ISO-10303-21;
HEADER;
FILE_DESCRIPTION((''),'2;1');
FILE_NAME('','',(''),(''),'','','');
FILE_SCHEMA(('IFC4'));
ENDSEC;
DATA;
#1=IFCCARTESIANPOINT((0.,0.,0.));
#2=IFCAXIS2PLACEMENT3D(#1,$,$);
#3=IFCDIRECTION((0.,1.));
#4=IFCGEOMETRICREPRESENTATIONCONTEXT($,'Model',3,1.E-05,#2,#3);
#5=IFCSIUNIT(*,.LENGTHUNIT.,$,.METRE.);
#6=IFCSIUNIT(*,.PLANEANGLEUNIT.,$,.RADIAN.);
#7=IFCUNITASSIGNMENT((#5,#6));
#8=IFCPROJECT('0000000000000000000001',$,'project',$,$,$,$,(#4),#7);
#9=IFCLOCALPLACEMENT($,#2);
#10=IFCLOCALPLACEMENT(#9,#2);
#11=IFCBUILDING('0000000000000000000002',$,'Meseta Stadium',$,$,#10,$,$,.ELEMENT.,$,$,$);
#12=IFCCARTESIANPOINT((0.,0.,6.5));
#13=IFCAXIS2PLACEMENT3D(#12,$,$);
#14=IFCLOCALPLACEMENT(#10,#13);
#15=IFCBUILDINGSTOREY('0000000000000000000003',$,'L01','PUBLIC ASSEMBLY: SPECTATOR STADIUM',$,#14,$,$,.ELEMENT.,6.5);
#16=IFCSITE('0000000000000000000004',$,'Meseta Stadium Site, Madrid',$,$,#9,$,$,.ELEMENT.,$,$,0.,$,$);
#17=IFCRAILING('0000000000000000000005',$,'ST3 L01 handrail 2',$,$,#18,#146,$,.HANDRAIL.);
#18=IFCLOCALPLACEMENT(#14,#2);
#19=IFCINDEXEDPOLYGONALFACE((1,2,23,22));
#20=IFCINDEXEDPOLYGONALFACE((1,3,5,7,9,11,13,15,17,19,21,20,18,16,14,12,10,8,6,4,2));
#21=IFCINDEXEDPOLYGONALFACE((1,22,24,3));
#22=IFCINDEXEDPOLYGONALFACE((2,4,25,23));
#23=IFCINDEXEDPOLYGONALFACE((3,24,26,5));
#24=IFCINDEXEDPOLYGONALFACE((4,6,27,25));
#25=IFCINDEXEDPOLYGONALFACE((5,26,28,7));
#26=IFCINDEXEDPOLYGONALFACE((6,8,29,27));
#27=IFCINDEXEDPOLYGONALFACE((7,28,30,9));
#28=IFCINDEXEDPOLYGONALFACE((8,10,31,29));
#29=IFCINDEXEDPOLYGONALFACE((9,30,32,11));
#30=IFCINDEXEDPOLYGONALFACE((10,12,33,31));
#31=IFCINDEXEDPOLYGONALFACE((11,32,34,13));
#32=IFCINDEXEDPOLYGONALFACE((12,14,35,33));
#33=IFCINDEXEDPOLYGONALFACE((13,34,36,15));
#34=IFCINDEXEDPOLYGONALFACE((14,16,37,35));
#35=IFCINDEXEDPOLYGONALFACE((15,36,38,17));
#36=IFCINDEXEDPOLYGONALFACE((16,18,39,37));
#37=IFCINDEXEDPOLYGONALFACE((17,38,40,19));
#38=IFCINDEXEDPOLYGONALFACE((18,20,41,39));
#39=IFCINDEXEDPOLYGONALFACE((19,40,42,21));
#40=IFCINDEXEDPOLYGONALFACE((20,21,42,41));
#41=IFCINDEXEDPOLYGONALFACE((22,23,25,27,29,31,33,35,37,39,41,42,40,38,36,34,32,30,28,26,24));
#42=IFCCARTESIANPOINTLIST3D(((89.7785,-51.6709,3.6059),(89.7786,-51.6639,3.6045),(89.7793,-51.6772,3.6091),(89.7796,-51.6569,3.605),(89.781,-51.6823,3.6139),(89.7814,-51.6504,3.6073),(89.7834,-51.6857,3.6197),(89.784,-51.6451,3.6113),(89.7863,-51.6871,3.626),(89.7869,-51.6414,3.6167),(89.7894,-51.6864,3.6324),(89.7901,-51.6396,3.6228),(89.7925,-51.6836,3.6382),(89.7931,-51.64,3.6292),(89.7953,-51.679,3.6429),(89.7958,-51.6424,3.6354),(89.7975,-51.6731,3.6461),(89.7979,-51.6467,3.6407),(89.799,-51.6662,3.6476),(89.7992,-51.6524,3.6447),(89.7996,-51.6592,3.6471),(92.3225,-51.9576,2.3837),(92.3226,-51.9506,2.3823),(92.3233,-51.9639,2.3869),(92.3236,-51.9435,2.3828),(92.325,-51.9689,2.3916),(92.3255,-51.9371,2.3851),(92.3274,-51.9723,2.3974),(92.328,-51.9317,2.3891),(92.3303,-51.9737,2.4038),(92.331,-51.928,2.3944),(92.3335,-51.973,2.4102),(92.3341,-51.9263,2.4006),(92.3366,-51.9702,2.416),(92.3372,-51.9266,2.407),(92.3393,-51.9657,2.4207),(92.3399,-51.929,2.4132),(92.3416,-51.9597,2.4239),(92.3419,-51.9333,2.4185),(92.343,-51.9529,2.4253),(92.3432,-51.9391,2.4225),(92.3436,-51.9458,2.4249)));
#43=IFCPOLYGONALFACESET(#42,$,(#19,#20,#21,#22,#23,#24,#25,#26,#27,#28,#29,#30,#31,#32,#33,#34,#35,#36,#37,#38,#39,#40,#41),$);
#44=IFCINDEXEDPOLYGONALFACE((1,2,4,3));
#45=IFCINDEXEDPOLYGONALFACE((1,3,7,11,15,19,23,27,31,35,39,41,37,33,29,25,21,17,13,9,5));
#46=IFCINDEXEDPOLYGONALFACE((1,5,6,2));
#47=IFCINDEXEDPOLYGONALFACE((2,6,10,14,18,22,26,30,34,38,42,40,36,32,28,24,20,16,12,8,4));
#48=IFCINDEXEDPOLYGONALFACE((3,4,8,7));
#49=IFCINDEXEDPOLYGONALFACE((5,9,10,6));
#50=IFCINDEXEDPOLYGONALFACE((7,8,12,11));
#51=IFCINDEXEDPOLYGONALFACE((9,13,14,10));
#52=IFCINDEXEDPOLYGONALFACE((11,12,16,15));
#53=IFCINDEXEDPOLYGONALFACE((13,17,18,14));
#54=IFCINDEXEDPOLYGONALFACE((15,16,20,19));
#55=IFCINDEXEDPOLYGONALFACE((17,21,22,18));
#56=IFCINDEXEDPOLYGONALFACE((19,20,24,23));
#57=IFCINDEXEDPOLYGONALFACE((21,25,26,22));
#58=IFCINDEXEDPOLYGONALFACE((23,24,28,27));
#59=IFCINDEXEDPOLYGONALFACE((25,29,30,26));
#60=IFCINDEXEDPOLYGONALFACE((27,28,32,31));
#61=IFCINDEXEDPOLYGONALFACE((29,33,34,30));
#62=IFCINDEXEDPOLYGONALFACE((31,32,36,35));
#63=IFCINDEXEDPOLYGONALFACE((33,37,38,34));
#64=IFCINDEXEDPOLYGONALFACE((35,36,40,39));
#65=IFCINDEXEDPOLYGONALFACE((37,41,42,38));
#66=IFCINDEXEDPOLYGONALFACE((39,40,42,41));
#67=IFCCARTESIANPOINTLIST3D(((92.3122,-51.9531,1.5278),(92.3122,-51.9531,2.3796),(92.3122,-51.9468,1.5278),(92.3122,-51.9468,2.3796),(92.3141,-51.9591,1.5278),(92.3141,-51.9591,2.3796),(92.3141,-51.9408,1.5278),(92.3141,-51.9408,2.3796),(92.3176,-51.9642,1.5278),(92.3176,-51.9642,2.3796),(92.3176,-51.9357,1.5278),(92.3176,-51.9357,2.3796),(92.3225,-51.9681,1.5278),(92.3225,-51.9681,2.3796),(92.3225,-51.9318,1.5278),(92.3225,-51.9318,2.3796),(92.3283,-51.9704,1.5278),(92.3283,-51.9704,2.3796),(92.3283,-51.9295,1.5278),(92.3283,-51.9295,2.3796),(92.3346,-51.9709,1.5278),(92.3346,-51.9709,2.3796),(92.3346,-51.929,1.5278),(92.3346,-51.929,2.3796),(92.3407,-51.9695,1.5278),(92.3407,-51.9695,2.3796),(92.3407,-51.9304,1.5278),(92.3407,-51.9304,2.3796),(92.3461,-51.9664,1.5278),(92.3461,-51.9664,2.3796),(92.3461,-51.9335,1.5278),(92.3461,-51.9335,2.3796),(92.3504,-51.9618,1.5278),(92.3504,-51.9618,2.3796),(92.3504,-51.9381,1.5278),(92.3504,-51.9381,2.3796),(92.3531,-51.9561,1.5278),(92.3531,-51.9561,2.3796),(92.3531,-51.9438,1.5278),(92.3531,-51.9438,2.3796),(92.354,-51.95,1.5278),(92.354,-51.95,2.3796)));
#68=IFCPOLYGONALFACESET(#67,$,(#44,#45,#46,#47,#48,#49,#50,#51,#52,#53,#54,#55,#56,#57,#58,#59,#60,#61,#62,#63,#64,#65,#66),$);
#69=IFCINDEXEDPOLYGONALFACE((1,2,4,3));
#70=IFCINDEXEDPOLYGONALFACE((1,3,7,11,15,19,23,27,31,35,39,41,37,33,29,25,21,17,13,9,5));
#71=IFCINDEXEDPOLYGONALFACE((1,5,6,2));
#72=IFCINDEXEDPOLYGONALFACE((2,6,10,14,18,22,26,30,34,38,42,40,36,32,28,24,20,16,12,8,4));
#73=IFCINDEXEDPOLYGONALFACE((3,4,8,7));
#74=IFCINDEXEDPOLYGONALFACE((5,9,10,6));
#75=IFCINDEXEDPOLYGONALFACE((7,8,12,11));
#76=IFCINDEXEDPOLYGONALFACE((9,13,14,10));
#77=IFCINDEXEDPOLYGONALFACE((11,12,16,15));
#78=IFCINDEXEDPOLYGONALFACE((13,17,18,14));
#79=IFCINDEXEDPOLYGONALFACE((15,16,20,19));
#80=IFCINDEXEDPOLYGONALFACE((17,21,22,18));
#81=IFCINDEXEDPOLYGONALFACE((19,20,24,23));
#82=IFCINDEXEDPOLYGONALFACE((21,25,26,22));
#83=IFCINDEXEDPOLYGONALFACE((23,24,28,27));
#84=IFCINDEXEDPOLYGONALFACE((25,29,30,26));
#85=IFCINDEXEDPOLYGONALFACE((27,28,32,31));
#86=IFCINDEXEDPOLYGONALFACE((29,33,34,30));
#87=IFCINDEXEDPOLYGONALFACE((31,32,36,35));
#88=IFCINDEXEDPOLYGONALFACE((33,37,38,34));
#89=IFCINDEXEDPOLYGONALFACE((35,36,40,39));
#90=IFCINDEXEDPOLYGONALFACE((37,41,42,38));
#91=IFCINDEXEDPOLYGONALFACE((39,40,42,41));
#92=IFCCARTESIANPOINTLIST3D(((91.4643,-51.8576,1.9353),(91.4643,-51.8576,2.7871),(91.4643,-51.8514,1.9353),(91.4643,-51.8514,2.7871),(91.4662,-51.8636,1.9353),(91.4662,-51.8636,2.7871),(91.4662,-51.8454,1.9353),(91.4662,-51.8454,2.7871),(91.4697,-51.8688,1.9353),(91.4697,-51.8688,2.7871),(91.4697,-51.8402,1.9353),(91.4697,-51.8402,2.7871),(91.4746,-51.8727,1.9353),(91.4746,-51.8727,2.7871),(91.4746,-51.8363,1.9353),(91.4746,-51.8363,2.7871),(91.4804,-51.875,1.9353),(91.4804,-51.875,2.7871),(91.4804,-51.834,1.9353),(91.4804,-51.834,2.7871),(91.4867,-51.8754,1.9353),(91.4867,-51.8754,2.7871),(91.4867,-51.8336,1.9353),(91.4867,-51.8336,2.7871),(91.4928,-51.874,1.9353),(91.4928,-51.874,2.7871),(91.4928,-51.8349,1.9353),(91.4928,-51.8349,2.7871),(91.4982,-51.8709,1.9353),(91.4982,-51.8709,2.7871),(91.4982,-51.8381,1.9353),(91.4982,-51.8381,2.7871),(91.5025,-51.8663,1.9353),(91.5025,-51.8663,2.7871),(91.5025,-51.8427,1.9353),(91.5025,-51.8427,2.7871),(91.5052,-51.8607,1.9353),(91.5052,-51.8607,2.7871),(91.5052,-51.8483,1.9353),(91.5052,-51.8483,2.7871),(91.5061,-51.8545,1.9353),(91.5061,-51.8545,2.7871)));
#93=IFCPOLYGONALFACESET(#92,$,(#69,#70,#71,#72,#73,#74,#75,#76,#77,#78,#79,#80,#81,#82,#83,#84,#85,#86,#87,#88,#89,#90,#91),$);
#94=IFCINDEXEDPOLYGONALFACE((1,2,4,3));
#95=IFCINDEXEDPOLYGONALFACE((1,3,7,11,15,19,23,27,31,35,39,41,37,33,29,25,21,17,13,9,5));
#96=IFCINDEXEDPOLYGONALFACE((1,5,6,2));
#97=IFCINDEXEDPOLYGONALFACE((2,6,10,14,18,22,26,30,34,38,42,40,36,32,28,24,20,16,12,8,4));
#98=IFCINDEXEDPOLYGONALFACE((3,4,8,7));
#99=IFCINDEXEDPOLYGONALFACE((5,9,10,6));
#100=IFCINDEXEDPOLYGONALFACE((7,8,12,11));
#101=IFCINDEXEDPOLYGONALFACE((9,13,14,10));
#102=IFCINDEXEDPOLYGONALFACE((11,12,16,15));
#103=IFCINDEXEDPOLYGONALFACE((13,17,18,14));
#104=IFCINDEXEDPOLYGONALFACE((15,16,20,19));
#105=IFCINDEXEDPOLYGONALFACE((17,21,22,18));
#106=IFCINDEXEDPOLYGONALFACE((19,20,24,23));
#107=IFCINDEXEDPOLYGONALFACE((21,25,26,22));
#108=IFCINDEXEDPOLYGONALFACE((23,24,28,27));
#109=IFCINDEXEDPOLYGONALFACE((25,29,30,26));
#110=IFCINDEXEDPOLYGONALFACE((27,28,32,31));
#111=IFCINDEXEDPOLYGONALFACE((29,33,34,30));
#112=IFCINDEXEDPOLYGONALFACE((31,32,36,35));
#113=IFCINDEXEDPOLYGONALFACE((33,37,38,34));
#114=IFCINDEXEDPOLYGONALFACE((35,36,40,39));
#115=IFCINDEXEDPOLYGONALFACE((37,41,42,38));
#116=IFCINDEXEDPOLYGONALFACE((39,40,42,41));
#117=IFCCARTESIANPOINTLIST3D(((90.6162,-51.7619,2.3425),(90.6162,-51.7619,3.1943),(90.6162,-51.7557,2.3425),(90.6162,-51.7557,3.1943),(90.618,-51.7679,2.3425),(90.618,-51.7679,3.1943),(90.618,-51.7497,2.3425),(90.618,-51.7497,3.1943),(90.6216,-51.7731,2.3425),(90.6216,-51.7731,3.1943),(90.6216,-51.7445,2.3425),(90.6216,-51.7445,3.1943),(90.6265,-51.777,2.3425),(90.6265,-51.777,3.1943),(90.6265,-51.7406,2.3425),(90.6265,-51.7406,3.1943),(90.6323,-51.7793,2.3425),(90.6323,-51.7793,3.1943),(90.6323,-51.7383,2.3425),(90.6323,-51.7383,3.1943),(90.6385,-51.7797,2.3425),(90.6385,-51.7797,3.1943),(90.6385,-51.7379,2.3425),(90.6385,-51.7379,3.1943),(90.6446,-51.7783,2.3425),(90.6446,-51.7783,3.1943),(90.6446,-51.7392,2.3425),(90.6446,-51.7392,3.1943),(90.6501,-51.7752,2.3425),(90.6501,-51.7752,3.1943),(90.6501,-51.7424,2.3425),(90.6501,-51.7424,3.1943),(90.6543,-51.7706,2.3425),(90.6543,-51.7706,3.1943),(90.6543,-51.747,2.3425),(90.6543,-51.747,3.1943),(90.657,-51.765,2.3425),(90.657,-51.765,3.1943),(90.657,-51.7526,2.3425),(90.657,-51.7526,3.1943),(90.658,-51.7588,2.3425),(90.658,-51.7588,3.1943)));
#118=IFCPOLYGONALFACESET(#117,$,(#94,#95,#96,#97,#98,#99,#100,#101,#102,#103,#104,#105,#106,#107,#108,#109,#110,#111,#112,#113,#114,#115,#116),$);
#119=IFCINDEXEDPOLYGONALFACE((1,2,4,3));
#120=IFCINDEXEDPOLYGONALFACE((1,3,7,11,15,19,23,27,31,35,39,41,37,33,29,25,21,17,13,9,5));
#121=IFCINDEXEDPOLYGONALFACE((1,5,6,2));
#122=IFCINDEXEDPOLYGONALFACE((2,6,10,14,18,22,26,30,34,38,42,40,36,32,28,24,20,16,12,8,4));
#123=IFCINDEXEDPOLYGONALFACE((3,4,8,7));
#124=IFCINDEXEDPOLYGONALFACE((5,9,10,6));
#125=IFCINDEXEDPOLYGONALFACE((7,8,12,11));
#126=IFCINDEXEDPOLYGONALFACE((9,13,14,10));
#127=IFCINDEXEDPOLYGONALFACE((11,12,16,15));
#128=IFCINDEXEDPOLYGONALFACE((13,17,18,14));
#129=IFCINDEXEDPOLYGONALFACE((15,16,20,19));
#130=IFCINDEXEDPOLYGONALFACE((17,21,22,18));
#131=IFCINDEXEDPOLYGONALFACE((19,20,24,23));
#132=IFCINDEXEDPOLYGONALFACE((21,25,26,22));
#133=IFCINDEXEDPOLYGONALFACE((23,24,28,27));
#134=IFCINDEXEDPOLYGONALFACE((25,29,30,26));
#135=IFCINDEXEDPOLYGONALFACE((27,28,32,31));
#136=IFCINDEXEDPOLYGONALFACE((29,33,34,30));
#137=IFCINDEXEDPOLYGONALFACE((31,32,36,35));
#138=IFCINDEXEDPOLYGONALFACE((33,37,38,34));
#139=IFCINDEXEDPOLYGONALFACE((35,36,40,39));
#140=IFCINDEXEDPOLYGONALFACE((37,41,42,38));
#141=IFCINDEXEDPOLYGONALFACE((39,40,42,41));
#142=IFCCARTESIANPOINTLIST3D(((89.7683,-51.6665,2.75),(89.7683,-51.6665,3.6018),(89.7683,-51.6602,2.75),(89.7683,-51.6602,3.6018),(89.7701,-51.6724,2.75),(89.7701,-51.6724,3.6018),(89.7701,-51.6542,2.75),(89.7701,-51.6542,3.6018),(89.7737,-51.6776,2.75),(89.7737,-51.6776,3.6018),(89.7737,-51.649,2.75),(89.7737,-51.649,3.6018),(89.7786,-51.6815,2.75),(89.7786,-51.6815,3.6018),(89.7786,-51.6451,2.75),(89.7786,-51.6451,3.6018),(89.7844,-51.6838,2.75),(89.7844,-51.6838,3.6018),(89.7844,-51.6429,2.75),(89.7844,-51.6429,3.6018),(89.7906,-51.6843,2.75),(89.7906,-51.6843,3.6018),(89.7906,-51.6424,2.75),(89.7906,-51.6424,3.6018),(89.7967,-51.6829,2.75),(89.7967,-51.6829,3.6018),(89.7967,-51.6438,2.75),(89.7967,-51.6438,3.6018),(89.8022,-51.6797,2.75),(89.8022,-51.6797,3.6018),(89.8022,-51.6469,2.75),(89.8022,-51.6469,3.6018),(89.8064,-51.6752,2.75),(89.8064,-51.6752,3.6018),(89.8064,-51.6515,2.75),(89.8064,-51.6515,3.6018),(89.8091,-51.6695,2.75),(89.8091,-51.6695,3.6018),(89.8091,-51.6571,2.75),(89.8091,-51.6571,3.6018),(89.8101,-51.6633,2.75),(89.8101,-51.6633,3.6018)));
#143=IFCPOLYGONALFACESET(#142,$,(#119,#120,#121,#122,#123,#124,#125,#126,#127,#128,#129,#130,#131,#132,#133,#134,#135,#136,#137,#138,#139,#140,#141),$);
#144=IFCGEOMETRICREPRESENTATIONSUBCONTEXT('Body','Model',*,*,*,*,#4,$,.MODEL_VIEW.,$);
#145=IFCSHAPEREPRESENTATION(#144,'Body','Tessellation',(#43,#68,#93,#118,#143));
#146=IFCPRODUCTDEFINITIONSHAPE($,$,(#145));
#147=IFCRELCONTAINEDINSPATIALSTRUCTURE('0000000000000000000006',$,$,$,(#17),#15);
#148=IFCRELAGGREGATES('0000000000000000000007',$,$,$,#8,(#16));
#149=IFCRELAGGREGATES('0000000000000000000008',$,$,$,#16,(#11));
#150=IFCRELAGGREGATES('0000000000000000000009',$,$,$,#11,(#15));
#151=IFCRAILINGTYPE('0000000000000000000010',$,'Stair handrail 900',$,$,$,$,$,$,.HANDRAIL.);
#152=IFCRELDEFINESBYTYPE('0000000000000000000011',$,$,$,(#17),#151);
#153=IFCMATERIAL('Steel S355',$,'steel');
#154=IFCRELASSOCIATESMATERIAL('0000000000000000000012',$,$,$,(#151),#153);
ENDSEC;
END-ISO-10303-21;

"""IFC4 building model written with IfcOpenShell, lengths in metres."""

from ifc_helpers import new_model, si_unit, direction, frame, origin, origin_2d, place, context, subcontext, project, spatial, circle, extrude, material, type_object, element, save


model = new_model("IFC4")

# Units and contexts
model_context = context("Model", 3, precision=1e-05, world=origin(), true_north=direction((0.0, 1.0)))
body_context = subcontext(model_context, "Body", "Model", "MODEL_VIEW")
ifc_project = project(units=[si_unit("LENGTHUNIT", "METRE"), si_unit("PLANEANGLEUNIT", "RADIAN")], contexts=[model_context])

# Site, building, storey
site_placement = place(None, origin())
site = spatial("IfcSite", under=ifc_project, at=site_placement, Name="Meseta Stadium Site, Madrid", CompositionType="ELEMENT", RefElevation=0.0)
building_placement = place(site_placement, origin())
building = spatial("IfcBuilding", under=site, at=building_placement, Name="Meseta Stadium", CompositionType="ELEMENT")
storey_placement = place(building_placement, frame((0.0, 0.0, 6.5)))
storey = spatial("IfcBuildingStorey", under=building, at=storey_placement, Name="L01", Description="PUBLIC ASSEMBLY: SPECTATOR STADIUM", CompositionType="ELEMENT", Elevation=6.5)

# Railing
ifc_material_1 = material(Name="Steel S355", Category="steel")
railing_type_1 = type_object("IfcRailingType", Name="Stair handrail 900", PredefinedType="HANDRAIL", material=ifc_material_1)
railing_1_placement = place(storey_placement, frame((92.333, -51.95, 1.5278)))
element("IfcRailing", 1, at=railing_1_placement, inside=storey, type_object=railing_type_1, Name="ST3 L01 handrail 2", PredefinedType="HANDRAIL", context=body_context, shape_type="SweptSolid", body=[
    extrude(circle(Radius=0.0239, at=origin_2d()), frame((0.0, 0.0, 0.876), z_axis=(-0.896762, 0.101036, 0.430824), x_axis=(-0.11196, -0.993713, 0.0)), (0.0, 0.0, 1.0), 2.8369),
    extrude(circle(Radius=0.021, at=origin_2d()), origin(), (0.0, 0.0, 1.0), 0.8518),
    extrude(circle(Radius=0.021, at=origin_2d()), frame((-0.8479, 0.0955, 0.4075)), (0.0, 0.0, 1.0), 0.8518),
    extrude(circle(Radius=0.021, at=origin_2d()), frame((-1.696, 0.1912, 0.8147)), (0.0, 0.0, 1.0), 0.8518),
    extrude(circle(Radius=0.021, at=origin_2d()), frame((-2.5439, 0.2866, 1.2222)), (0.0, 0.0, 1.0), 0.8518),
])

save(model, "model.ifc")
